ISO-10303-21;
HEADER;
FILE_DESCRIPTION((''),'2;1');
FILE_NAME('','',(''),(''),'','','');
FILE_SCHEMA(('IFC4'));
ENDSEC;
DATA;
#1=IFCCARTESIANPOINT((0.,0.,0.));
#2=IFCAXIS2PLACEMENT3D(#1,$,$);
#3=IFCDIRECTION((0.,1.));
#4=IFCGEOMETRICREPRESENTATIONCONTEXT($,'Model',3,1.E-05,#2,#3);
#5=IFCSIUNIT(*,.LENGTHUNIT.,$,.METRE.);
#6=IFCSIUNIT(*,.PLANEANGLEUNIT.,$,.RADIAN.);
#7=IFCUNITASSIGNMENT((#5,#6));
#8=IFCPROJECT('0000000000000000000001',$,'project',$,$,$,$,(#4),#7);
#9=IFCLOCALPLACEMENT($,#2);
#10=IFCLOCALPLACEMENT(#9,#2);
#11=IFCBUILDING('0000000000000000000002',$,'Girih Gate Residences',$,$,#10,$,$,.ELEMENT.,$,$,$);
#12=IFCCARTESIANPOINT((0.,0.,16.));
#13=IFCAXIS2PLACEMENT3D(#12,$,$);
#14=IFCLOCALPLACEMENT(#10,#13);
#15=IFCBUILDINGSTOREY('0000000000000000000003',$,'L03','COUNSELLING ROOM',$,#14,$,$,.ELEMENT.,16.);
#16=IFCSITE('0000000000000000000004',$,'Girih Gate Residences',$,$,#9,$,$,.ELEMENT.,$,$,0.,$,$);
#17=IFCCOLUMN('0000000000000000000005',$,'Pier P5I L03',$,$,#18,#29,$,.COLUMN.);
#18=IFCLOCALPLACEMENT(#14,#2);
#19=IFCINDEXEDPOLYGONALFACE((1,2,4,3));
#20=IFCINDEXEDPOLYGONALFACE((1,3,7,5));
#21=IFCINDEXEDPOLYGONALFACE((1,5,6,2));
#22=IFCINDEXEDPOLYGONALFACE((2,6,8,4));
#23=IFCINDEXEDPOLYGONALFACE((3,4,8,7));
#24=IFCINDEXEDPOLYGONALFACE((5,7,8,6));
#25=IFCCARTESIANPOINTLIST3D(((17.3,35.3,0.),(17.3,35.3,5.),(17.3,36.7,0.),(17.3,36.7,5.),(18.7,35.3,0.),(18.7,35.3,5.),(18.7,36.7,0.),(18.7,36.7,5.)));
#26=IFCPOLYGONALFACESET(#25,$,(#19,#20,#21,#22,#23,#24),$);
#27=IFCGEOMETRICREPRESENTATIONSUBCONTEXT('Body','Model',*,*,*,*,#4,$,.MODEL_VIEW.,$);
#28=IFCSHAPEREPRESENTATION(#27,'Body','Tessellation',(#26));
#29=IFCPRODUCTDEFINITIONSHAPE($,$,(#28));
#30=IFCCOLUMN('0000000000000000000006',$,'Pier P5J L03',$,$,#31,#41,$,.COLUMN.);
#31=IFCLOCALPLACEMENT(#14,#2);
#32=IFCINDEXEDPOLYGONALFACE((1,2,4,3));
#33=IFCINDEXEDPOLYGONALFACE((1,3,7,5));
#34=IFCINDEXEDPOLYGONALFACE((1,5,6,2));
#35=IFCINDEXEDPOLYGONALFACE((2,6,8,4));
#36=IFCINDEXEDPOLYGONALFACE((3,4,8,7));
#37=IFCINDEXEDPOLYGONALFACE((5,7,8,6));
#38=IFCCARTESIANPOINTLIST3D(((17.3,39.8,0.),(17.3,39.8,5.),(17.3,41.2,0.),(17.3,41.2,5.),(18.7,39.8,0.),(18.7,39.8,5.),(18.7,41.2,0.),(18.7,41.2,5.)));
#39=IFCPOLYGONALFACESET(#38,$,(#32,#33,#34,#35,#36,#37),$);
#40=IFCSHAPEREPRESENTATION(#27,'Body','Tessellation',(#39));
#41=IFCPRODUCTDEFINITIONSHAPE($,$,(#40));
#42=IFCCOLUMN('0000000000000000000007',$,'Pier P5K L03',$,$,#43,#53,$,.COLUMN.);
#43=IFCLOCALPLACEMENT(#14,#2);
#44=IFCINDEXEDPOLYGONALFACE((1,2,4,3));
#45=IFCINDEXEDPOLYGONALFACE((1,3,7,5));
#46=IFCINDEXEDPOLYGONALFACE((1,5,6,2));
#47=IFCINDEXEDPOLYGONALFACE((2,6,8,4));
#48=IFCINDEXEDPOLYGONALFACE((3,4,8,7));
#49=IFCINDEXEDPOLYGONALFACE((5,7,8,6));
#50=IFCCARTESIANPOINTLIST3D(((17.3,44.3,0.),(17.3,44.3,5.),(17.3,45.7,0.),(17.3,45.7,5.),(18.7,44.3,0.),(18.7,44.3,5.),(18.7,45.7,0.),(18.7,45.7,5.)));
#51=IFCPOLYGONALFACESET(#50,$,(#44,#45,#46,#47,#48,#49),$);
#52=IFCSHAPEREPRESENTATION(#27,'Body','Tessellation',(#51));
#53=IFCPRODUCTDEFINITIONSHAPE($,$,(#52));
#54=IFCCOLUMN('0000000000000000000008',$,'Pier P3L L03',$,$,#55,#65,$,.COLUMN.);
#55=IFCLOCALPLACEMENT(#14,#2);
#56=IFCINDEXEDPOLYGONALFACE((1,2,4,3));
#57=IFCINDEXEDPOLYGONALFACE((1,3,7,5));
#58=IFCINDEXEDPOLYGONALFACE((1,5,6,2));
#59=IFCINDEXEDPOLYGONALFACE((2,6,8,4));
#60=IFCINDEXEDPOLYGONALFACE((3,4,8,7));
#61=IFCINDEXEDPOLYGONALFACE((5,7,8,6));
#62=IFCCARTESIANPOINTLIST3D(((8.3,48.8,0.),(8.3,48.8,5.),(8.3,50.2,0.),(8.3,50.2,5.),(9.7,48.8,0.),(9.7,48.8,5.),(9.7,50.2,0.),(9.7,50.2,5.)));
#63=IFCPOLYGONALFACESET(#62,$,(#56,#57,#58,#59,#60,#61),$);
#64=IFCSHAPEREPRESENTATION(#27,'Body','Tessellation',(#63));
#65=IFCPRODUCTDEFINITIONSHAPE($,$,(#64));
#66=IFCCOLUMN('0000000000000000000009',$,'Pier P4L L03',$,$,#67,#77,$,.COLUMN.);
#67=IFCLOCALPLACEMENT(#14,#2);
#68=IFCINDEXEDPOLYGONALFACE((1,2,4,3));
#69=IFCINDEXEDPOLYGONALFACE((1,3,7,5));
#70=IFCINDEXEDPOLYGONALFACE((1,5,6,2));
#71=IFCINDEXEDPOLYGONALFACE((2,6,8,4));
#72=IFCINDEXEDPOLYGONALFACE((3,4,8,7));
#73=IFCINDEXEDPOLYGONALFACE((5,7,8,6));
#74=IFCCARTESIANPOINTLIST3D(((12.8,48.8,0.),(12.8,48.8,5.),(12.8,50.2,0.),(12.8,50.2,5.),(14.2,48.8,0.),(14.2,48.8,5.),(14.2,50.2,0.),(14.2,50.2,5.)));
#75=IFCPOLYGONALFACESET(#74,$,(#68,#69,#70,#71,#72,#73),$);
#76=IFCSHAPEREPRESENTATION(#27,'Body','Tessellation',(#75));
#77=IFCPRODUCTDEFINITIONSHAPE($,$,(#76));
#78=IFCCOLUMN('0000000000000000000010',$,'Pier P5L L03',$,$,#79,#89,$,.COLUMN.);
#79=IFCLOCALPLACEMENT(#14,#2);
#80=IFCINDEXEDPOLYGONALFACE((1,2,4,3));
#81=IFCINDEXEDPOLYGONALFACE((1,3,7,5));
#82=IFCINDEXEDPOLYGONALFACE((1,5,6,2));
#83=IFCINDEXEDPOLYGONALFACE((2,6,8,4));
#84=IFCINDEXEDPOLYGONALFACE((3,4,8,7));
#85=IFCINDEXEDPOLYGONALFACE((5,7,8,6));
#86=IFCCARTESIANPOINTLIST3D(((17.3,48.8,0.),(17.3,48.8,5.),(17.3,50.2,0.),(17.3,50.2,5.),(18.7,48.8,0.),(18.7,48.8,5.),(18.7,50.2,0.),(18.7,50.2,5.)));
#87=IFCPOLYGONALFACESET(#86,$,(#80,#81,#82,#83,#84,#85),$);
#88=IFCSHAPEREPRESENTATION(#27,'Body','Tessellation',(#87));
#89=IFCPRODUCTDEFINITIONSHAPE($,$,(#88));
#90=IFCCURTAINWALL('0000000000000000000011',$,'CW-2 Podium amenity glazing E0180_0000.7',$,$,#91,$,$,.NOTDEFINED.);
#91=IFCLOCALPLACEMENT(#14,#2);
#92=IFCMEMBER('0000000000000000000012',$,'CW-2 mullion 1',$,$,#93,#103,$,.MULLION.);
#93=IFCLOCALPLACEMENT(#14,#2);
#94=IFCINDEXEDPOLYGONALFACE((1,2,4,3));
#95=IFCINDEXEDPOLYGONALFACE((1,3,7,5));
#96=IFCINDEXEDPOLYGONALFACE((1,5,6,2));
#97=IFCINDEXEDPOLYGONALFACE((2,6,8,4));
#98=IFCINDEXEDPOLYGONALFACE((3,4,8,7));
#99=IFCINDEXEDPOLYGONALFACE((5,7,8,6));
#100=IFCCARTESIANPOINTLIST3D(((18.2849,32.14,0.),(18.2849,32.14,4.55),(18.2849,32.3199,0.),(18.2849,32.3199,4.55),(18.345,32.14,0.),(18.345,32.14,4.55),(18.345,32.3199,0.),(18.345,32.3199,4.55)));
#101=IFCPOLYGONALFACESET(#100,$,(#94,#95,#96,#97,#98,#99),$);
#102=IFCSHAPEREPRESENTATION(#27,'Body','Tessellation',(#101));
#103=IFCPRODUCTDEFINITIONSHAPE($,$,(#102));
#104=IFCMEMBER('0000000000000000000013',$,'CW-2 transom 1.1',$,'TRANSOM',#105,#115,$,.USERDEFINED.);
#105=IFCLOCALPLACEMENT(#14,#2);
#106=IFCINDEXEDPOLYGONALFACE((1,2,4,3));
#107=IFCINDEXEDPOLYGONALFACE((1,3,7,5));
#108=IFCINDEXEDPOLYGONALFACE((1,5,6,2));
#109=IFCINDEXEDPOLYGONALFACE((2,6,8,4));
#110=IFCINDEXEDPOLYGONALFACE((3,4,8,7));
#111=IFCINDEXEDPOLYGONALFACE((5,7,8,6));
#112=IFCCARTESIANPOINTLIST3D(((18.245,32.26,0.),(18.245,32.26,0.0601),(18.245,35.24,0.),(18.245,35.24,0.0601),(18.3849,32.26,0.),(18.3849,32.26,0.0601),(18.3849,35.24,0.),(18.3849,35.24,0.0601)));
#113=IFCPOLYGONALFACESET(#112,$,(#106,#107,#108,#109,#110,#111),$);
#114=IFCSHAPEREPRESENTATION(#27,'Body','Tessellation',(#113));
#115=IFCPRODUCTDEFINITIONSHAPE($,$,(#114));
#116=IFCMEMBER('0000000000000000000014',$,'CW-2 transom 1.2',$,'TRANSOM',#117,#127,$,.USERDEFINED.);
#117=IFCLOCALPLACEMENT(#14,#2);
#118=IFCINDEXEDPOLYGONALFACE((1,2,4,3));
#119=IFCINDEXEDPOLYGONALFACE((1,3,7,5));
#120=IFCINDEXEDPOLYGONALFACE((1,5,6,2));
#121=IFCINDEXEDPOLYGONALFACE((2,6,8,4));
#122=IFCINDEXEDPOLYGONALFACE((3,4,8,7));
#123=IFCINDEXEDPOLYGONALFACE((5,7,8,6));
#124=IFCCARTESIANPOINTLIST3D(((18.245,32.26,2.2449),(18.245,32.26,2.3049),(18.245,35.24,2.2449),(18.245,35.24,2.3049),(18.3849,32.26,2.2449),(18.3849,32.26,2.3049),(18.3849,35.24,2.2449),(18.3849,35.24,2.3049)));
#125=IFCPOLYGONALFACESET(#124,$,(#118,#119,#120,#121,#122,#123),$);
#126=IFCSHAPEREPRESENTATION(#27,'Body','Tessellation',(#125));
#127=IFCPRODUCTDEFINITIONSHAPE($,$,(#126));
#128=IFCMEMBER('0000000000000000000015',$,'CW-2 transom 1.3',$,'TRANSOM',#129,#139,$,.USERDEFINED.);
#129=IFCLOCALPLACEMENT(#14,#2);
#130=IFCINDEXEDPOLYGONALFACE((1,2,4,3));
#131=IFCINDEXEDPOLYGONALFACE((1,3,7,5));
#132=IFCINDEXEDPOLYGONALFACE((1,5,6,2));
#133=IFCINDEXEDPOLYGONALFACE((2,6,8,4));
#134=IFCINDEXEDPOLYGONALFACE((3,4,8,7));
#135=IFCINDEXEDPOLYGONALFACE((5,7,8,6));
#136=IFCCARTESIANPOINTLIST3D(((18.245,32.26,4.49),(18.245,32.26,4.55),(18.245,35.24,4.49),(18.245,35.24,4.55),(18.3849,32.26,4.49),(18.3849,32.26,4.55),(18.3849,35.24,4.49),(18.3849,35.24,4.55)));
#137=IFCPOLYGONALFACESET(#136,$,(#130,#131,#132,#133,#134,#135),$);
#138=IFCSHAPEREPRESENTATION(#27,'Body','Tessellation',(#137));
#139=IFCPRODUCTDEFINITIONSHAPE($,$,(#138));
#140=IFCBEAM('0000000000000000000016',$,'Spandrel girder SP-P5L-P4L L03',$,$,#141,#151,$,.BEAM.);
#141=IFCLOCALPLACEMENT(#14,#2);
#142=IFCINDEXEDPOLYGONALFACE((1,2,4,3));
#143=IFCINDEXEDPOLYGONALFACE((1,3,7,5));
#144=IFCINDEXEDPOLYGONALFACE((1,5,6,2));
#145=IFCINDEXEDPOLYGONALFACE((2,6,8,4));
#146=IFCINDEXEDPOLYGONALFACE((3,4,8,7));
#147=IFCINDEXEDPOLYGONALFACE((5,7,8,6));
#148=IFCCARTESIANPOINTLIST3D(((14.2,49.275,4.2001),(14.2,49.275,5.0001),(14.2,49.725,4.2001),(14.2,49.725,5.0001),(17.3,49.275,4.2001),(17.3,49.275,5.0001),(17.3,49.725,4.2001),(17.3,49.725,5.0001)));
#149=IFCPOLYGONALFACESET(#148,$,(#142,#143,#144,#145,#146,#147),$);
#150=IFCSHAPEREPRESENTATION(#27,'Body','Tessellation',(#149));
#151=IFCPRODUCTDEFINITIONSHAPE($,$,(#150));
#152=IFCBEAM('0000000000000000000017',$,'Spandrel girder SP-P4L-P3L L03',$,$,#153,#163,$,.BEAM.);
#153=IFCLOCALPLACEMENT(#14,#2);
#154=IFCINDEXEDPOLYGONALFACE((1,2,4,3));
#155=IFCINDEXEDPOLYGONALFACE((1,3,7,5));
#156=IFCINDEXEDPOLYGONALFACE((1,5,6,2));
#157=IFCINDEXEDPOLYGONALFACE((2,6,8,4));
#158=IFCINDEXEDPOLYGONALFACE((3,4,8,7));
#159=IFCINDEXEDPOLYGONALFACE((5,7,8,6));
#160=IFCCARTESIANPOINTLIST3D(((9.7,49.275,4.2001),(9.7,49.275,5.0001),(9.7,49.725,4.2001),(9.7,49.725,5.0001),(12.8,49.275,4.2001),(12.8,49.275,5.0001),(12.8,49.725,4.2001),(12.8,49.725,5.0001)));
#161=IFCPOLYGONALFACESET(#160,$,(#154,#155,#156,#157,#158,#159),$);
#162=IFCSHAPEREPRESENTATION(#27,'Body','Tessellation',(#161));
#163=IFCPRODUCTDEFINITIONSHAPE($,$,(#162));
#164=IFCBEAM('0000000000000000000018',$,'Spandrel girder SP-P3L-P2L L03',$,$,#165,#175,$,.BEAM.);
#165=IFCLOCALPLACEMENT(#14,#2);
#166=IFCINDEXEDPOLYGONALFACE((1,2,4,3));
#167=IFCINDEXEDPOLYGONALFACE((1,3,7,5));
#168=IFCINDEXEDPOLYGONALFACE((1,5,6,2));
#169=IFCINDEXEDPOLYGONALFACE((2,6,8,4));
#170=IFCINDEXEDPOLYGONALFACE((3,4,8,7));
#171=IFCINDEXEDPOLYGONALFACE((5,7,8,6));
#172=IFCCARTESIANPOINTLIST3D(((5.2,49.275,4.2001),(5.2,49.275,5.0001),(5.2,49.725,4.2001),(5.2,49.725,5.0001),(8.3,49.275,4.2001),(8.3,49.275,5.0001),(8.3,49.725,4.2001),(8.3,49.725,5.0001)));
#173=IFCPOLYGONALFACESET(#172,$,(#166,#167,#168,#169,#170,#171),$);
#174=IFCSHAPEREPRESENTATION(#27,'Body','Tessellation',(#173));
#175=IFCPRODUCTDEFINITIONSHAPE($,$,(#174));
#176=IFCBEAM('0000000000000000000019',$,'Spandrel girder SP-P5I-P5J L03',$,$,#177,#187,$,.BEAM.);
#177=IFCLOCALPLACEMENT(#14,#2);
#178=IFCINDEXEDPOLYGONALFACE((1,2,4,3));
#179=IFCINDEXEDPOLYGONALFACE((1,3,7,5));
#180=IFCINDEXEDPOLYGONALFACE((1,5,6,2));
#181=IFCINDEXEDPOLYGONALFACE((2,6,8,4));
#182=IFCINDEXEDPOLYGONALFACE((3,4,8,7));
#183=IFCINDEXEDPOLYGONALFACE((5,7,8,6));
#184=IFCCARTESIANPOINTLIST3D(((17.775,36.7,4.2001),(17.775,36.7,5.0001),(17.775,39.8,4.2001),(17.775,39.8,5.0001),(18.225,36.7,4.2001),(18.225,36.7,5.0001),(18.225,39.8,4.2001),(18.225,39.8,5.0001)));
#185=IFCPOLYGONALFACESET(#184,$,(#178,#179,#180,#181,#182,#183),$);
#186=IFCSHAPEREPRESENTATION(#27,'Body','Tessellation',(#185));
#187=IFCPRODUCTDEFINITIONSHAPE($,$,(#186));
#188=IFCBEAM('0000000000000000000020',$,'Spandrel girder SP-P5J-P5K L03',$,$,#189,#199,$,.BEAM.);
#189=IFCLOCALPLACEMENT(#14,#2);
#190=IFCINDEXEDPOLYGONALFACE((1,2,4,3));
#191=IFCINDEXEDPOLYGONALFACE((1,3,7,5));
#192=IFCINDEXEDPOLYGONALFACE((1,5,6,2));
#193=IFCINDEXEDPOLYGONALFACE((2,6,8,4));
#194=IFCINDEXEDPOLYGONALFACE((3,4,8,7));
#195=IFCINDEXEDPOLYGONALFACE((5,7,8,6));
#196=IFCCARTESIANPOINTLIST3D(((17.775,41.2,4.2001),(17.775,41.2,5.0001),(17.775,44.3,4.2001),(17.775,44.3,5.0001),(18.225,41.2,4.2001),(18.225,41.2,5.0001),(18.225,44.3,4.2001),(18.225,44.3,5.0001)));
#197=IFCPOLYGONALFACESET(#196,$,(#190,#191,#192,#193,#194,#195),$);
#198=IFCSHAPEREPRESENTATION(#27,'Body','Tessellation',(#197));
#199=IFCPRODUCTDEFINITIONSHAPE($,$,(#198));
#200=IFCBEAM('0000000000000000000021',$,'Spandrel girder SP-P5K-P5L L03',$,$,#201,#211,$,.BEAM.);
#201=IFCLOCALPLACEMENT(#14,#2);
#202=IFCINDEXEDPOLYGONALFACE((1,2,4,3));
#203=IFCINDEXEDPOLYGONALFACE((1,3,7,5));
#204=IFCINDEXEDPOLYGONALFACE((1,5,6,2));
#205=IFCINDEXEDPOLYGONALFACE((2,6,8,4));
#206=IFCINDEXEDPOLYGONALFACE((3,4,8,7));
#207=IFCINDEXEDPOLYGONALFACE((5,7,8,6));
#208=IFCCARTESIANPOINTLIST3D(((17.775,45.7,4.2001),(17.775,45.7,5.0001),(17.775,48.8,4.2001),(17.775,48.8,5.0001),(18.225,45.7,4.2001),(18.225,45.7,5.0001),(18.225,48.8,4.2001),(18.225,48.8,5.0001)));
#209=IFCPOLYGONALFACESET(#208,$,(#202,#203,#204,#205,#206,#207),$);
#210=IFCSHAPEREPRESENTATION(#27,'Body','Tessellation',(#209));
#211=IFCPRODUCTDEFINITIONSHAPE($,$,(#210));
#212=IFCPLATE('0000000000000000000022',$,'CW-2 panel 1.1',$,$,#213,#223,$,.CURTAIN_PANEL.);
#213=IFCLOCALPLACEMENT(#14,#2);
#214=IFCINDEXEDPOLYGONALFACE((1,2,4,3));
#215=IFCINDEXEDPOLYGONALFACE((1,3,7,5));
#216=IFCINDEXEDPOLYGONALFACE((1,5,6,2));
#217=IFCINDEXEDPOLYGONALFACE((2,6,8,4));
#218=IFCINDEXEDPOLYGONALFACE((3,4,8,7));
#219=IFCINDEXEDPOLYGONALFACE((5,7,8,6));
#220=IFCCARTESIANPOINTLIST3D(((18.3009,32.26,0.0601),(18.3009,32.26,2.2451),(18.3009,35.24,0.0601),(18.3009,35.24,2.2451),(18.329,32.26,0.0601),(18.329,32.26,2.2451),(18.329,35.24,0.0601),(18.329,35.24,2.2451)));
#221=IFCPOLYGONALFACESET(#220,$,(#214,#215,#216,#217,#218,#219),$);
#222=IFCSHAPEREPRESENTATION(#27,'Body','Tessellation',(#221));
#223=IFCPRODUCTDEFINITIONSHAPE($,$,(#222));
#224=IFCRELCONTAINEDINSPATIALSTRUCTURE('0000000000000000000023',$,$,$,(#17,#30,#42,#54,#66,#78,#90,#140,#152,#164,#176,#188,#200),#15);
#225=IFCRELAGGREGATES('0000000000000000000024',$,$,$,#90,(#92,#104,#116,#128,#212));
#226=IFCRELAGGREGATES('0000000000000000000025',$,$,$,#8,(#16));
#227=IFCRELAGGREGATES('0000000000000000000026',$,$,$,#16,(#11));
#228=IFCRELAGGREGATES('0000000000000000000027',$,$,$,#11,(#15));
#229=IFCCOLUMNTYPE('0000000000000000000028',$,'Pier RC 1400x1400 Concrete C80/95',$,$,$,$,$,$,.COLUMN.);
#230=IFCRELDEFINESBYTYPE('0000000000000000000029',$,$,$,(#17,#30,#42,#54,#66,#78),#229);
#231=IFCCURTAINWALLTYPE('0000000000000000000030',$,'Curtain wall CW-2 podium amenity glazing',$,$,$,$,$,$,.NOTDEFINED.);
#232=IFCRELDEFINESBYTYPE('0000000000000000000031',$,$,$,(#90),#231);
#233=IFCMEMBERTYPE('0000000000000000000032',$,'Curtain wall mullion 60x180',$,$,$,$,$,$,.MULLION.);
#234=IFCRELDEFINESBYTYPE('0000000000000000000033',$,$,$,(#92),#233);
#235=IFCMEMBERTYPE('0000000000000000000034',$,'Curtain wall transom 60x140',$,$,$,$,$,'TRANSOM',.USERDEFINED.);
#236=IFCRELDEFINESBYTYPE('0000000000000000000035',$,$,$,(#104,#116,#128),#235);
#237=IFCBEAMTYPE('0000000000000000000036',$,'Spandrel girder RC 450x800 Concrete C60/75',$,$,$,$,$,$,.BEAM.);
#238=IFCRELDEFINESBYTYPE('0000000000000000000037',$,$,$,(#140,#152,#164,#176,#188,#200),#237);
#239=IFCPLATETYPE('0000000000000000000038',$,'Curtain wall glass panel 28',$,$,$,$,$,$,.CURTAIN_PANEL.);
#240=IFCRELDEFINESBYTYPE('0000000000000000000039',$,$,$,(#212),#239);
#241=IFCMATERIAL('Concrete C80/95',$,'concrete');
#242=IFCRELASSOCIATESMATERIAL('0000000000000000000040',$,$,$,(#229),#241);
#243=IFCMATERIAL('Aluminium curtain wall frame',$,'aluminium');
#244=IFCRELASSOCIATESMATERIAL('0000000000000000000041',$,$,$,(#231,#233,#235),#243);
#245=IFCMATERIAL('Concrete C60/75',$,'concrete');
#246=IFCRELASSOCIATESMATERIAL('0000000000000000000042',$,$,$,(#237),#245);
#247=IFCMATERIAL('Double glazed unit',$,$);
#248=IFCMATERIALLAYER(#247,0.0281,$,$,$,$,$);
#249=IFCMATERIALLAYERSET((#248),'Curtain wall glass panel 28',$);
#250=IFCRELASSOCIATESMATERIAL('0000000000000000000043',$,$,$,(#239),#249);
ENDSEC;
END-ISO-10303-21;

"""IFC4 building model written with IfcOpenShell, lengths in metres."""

from ifc_helpers import new_model, si_unit, direction, frame, origin, origin_2d, place, context, subcontext, project, spatial, rectangle, extrude, material, layer, layer_set, material_profile, profile_set, type_object, element, aggregate, save


model = new_model("IFC4")

# Units and contexts
model_context = context("Model", 3, precision=1e-05, world=origin(), true_north=direction((0.0, 1.0)))
body_context = subcontext(model_context, "Body", "Model", "MODEL_VIEW")
ifc_project = project(units=[si_unit("LENGTHUNIT", "METRE"), si_unit("PLANEANGLEUNIT", "RADIAN")], contexts=[model_context])

# Site, building, storey
site_placement = place(None, origin())
site = spatial("IfcSite", under=ifc_project, at=site_placement, Name="Girih Gate Residences", CompositionType="ELEMENT", RefElevation=0.0)
building_placement = place(site_placement, origin())
building = spatial("IfcBuilding", under=site, at=building_placement, Name="Girih Gate Residences", CompositionType="ELEMENT")
storey_placement = place(building_placement, frame((0.0, 0.0, 16.0)))
storey = spatial("IfcBuildingStorey", under=building, at=storey_placement, Name="L03", Description="COUNSELLING ROOM", CompositionType="ELEMENT", Elevation=16.0)

# Columns
ifc_material_1 = material(Name="Concrete C80/95", Category="concrete")
ifc_material_profile_1 = material_profile(ifc_material_1, rectangle(XDim=1.3999, YDim=1.3999, at=origin_2d()))
ifc_profile_set_1 = profile_set([ifc_material_profile_1], Name="Concrete C80/95")
column_type = type_object("IfcColumnType", Name="Pier RC 1400x1400 Concrete C80/95", PredefinedType="COLUMN", material=ifc_profile_set_1)
for number, where, z_axis, x_axis, name in (
    (1, (18.0, 36.0, 0.0), (0.0, 0.0, 1.0), (1.0, 0.0, 0.0), "Pier P5I L03"),
    (2, (18.0, 40.5, 0.0), (0.0, 0.0, 1.0), (1.0, 0.0, 0.0), "Pier P5J L03"),
    (3, (18.0, 45.0, 0.0), (0.0, 0.0, 1.0), (1.0, 0.0, 0.0), "Pier P5K L03"),
    (4, (9.0, 49.5, 0.0), (0.0, 0.0, 1.0), (1.0, 0.0, 0.0), "Pier P3L L03"),
    (5, (13.5, 49.5, 0.0), (0.0, 0.0, 1.0), (1.0, 0.0, 0.0), "Pier P4L L03"),
    (6, (18.0, 49.5, 0.0), (0.0, 0.0, 1.0), (1.0, 0.0, 0.0), "Pier P5L L03"),
):
    element("IfcColumn", number, at=place(storey_placement, frame(where, z_axis=z_axis, x_axis=x_axis)), inside=storey, type_object=column_type, Name=name, PredefinedType="COLUMN", context=body_context, shape_type="SweptSolid", body=[
        extrude(rectangle(XDim=1.3999, YDim=1.3999, at=origin_2d()), origin(), (0.0, 0.0, 1.0), 5.0),
    ])

# Curtain wall, members
ifc_material_2 = material(Name="Aluminium curtain wall frame", Category="aluminium")
curtain_wall_type = type_object("IfcCurtainWallType", Name="Curtain wall CW-2 podium amenity glazing", PredefinedType="NOTDEFINED", material=ifc_material_2)
curtain_wall_placement = place(storey_placement, origin())
curtain_wall = element("IfcCurtainWall", 7, at=curtain_wall_placement, inside=storey, type_object=curtain_wall_type, Name="CW-2 Podium amenity glazing E0180_0000.7", PredefinedType="NOTDEFINED")
ifc_material_profile_2 = material_profile(ifc_material_2, rectangle(XDim=0.0601, YDim=0.1799, at=origin_2d()))
ifc_profile_set_2 = profile_set([ifc_material_profile_2], Name="Aluminium curtain wall frame")
member_type_1 = type_object("IfcMemberType", Name="Curtain wall mullion 60x180", PredefinedType="MULLION", material=ifc_profile_set_2)
member_1_placement = place(storey_placement, frame((18.3149, 32.23, 0.0), z_axis=(0.0, 0.0, 1.0), x_axis=(-1.0, 0.0, 0.0)))
member_1 = element("IfcMember", 8, at=member_1_placement, type_object=member_type_1, Name="CW-2 mullion 1", PredefinedType="MULLION", context=body_context, shape_type="SweptSolid", body=[
    extrude(rectangle(XDim=0.0601, YDim=0.1799, at=origin_2d()), origin(), (0.0, 0.0, 1.0), 4.55),
])
ifc_material_profile_3 = material_profile(ifc_material_2, rectangle(XDim=0.1399, YDim=0.0601, at=origin_2d()))
ifc_profile_set_3 = profile_set([ifc_material_profile_3], Name="Aluminium curtain wall frame")
member_type_2 = type_object("IfcMemberType", Name="Curtain wall transom 60x140", ElementType="TRANSOM", PredefinedType="USERDEFINED", material=ifc_profile_set_3)
member_2_placement = place(storey_placement, frame((18.3149, 32.26, 0.03), z_axis=(0.0, 1.0, 0.0), x_axis=(-1.0, 0.0, 0.0)))
member_2 = element("IfcMember", 9, at=member_2_placement, type_object=member_type_2, Name="CW-2 transom 1.1", ObjectType="TRANSOM", PredefinedType="USERDEFINED", context=body_context, shape_type="SweptSolid", body=[
    extrude(rectangle(XDim=0.1399, YDim=0.0601, at=origin_2d()), origin(), (0.0, 0.0, 1.0), 2.98),
])
member_3_placement = place(storey_placement, frame((18.3149, 32.26, 2.2749), z_axis=(0.0, 1.0, 0.0), x_axis=(-1.0, 0.0, 0.0)))
member_3 = element("IfcMember", 10, at=member_3_placement, type_object=member_type_2, Name="CW-2 transom 1.2", ObjectType="TRANSOM", PredefinedType="USERDEFINED", context=body_context, shape_type="SweptSolid", body=[
    extrude(rectangle(XDim=0.1399, YDim=0.0601, at=origin_2d()), origin(), (0.0, 0.0, 1.0), 2.98),
])
member_4_placement = place(storey_placement, frame((18.3149, 32.26, 4.52), z_axis=(0.0, 1.0, 0.0), x_axis=(-1.0, 0.0, 0.0)))
member_4 = element("IfcMember", 11, at=member_4_placement, type_object=member_type_2, Name="CW-2 transom 1.3", ObjectType="TRANSOM", PredefinedType="USERDEFINED", context=body_context, shape_type="SweptSolid", body=[
    extrude(rectangle(XDim=0.1399, YDim=0.0601, at=origin_2d()), origin(), (0.0, 0.0, 1.0), 2.98),
])

# Beams
ifc_material_3 = material(Name="Concrete C60/75", Category="concrete")
ifc_material_profile_4 = material_profile(ifc_material_3, rectangle(XDim=0.45, YDim=0.8, at=origin_2d()))
ifc_profile_set_4 = profile_set([ifc_material_profile_4], Name="Concrete C60/75")
beam_type = type_object("IfcBeamType", Name="Spandrel girder RC 450x800 Concrete C60/75", PredefinedType="BEAM", material=ifc_profile_set_4)
for number, where, z_axis, x_axis, name in (
    (12, (17.3, 49.5, 4.6001), (-1.0, 0.0, 0.0), (0.0, -1.0, 0.0), "Spandrel girder SP-P5L-P4L L03"),
    (13, (12.8, 49.5, 4.6001), (-1.0, 0.0, 0.0), (0.0, -1.0, 0.0), "Spandrel girder SP-P4L-P3L L03"),
    (14, (8.3, 49.5, 4.6001), (-1.0, 0.0, 0.0), (0.0, -1.0, 0.0), "Spandrel girder SP-P3L-P2L L03"),
    (15, (18.0, 36.7, 4.6001), (0.0, 1.0, 0.0), (-1.0, 0.0, 0.0), "Spandrel girder SP-P5I-P5J L03"),
    (16, (18.0, 41.2, 4.6001), (0.0, 1.0, 0.0), (-1.0, 0.0, 0.0), "Spandrel girder SP-P5J-P5K L03"),
    (17, (18.0, 45.7, 4.6001), (0.0, 1.0, 0.0), (-1.0, 0.0, 0.0), "Spandrel girder SP-P5K-P5L L03"),
):
    element("IfcBeam", number, at=place(storey_placement, frame(where, z_axis=z_axis, x_axis=x_axis)), inside=storey, type_object=beam_type, Name=name, PredefinedType="BEAM", context=body_context, shape_type="SweptSolid", body=[
        extrude(rectangle(XDim=0.45, YDim=0.8, at=origin_2d()), origin(), (0.0, 0.0, 1.0), 3.1001),
    ])

# Plate
ifc_material_4 = material(Name="Double glazed unit")
ifc_layer_1 = layer(ifc_material_4, 0.0281)
ifc_layer_set_1 = layer_set([ifc_layer_1], Name="Curtain wall glass panel 28")
plate_type = type_object("IfcPlateType", Name="Curtain wall glass panel 28", PredefinedType="CURTAIN_PANEL", material=ifc_layer_set_1)
plate_placement = place(storey_placement, frame((18.3149, 33.75, 0.0601), z_axis=(0.0, 0.0, 1.0), x_axis=(0.0, 1.0, 0.0)))
plate = element("IfcPlate", 18, at=plate_placement, type_object=plate_type, Name="CW-2 panel 1.1", PredefinedType="CURTAIN_PANEL", context=body_context, shape_type="SweptSolid", body=[
    extrude(rectangle(XDim=2.98, YDim=0.0281, at=origin_2d()), origin(), (0.0, 0.0, 1.0), 2.1851),
])
aggregate(curtain_wall, [member_1, member_2, member_3, member_4, plate])

save(model, "model.ifc")
